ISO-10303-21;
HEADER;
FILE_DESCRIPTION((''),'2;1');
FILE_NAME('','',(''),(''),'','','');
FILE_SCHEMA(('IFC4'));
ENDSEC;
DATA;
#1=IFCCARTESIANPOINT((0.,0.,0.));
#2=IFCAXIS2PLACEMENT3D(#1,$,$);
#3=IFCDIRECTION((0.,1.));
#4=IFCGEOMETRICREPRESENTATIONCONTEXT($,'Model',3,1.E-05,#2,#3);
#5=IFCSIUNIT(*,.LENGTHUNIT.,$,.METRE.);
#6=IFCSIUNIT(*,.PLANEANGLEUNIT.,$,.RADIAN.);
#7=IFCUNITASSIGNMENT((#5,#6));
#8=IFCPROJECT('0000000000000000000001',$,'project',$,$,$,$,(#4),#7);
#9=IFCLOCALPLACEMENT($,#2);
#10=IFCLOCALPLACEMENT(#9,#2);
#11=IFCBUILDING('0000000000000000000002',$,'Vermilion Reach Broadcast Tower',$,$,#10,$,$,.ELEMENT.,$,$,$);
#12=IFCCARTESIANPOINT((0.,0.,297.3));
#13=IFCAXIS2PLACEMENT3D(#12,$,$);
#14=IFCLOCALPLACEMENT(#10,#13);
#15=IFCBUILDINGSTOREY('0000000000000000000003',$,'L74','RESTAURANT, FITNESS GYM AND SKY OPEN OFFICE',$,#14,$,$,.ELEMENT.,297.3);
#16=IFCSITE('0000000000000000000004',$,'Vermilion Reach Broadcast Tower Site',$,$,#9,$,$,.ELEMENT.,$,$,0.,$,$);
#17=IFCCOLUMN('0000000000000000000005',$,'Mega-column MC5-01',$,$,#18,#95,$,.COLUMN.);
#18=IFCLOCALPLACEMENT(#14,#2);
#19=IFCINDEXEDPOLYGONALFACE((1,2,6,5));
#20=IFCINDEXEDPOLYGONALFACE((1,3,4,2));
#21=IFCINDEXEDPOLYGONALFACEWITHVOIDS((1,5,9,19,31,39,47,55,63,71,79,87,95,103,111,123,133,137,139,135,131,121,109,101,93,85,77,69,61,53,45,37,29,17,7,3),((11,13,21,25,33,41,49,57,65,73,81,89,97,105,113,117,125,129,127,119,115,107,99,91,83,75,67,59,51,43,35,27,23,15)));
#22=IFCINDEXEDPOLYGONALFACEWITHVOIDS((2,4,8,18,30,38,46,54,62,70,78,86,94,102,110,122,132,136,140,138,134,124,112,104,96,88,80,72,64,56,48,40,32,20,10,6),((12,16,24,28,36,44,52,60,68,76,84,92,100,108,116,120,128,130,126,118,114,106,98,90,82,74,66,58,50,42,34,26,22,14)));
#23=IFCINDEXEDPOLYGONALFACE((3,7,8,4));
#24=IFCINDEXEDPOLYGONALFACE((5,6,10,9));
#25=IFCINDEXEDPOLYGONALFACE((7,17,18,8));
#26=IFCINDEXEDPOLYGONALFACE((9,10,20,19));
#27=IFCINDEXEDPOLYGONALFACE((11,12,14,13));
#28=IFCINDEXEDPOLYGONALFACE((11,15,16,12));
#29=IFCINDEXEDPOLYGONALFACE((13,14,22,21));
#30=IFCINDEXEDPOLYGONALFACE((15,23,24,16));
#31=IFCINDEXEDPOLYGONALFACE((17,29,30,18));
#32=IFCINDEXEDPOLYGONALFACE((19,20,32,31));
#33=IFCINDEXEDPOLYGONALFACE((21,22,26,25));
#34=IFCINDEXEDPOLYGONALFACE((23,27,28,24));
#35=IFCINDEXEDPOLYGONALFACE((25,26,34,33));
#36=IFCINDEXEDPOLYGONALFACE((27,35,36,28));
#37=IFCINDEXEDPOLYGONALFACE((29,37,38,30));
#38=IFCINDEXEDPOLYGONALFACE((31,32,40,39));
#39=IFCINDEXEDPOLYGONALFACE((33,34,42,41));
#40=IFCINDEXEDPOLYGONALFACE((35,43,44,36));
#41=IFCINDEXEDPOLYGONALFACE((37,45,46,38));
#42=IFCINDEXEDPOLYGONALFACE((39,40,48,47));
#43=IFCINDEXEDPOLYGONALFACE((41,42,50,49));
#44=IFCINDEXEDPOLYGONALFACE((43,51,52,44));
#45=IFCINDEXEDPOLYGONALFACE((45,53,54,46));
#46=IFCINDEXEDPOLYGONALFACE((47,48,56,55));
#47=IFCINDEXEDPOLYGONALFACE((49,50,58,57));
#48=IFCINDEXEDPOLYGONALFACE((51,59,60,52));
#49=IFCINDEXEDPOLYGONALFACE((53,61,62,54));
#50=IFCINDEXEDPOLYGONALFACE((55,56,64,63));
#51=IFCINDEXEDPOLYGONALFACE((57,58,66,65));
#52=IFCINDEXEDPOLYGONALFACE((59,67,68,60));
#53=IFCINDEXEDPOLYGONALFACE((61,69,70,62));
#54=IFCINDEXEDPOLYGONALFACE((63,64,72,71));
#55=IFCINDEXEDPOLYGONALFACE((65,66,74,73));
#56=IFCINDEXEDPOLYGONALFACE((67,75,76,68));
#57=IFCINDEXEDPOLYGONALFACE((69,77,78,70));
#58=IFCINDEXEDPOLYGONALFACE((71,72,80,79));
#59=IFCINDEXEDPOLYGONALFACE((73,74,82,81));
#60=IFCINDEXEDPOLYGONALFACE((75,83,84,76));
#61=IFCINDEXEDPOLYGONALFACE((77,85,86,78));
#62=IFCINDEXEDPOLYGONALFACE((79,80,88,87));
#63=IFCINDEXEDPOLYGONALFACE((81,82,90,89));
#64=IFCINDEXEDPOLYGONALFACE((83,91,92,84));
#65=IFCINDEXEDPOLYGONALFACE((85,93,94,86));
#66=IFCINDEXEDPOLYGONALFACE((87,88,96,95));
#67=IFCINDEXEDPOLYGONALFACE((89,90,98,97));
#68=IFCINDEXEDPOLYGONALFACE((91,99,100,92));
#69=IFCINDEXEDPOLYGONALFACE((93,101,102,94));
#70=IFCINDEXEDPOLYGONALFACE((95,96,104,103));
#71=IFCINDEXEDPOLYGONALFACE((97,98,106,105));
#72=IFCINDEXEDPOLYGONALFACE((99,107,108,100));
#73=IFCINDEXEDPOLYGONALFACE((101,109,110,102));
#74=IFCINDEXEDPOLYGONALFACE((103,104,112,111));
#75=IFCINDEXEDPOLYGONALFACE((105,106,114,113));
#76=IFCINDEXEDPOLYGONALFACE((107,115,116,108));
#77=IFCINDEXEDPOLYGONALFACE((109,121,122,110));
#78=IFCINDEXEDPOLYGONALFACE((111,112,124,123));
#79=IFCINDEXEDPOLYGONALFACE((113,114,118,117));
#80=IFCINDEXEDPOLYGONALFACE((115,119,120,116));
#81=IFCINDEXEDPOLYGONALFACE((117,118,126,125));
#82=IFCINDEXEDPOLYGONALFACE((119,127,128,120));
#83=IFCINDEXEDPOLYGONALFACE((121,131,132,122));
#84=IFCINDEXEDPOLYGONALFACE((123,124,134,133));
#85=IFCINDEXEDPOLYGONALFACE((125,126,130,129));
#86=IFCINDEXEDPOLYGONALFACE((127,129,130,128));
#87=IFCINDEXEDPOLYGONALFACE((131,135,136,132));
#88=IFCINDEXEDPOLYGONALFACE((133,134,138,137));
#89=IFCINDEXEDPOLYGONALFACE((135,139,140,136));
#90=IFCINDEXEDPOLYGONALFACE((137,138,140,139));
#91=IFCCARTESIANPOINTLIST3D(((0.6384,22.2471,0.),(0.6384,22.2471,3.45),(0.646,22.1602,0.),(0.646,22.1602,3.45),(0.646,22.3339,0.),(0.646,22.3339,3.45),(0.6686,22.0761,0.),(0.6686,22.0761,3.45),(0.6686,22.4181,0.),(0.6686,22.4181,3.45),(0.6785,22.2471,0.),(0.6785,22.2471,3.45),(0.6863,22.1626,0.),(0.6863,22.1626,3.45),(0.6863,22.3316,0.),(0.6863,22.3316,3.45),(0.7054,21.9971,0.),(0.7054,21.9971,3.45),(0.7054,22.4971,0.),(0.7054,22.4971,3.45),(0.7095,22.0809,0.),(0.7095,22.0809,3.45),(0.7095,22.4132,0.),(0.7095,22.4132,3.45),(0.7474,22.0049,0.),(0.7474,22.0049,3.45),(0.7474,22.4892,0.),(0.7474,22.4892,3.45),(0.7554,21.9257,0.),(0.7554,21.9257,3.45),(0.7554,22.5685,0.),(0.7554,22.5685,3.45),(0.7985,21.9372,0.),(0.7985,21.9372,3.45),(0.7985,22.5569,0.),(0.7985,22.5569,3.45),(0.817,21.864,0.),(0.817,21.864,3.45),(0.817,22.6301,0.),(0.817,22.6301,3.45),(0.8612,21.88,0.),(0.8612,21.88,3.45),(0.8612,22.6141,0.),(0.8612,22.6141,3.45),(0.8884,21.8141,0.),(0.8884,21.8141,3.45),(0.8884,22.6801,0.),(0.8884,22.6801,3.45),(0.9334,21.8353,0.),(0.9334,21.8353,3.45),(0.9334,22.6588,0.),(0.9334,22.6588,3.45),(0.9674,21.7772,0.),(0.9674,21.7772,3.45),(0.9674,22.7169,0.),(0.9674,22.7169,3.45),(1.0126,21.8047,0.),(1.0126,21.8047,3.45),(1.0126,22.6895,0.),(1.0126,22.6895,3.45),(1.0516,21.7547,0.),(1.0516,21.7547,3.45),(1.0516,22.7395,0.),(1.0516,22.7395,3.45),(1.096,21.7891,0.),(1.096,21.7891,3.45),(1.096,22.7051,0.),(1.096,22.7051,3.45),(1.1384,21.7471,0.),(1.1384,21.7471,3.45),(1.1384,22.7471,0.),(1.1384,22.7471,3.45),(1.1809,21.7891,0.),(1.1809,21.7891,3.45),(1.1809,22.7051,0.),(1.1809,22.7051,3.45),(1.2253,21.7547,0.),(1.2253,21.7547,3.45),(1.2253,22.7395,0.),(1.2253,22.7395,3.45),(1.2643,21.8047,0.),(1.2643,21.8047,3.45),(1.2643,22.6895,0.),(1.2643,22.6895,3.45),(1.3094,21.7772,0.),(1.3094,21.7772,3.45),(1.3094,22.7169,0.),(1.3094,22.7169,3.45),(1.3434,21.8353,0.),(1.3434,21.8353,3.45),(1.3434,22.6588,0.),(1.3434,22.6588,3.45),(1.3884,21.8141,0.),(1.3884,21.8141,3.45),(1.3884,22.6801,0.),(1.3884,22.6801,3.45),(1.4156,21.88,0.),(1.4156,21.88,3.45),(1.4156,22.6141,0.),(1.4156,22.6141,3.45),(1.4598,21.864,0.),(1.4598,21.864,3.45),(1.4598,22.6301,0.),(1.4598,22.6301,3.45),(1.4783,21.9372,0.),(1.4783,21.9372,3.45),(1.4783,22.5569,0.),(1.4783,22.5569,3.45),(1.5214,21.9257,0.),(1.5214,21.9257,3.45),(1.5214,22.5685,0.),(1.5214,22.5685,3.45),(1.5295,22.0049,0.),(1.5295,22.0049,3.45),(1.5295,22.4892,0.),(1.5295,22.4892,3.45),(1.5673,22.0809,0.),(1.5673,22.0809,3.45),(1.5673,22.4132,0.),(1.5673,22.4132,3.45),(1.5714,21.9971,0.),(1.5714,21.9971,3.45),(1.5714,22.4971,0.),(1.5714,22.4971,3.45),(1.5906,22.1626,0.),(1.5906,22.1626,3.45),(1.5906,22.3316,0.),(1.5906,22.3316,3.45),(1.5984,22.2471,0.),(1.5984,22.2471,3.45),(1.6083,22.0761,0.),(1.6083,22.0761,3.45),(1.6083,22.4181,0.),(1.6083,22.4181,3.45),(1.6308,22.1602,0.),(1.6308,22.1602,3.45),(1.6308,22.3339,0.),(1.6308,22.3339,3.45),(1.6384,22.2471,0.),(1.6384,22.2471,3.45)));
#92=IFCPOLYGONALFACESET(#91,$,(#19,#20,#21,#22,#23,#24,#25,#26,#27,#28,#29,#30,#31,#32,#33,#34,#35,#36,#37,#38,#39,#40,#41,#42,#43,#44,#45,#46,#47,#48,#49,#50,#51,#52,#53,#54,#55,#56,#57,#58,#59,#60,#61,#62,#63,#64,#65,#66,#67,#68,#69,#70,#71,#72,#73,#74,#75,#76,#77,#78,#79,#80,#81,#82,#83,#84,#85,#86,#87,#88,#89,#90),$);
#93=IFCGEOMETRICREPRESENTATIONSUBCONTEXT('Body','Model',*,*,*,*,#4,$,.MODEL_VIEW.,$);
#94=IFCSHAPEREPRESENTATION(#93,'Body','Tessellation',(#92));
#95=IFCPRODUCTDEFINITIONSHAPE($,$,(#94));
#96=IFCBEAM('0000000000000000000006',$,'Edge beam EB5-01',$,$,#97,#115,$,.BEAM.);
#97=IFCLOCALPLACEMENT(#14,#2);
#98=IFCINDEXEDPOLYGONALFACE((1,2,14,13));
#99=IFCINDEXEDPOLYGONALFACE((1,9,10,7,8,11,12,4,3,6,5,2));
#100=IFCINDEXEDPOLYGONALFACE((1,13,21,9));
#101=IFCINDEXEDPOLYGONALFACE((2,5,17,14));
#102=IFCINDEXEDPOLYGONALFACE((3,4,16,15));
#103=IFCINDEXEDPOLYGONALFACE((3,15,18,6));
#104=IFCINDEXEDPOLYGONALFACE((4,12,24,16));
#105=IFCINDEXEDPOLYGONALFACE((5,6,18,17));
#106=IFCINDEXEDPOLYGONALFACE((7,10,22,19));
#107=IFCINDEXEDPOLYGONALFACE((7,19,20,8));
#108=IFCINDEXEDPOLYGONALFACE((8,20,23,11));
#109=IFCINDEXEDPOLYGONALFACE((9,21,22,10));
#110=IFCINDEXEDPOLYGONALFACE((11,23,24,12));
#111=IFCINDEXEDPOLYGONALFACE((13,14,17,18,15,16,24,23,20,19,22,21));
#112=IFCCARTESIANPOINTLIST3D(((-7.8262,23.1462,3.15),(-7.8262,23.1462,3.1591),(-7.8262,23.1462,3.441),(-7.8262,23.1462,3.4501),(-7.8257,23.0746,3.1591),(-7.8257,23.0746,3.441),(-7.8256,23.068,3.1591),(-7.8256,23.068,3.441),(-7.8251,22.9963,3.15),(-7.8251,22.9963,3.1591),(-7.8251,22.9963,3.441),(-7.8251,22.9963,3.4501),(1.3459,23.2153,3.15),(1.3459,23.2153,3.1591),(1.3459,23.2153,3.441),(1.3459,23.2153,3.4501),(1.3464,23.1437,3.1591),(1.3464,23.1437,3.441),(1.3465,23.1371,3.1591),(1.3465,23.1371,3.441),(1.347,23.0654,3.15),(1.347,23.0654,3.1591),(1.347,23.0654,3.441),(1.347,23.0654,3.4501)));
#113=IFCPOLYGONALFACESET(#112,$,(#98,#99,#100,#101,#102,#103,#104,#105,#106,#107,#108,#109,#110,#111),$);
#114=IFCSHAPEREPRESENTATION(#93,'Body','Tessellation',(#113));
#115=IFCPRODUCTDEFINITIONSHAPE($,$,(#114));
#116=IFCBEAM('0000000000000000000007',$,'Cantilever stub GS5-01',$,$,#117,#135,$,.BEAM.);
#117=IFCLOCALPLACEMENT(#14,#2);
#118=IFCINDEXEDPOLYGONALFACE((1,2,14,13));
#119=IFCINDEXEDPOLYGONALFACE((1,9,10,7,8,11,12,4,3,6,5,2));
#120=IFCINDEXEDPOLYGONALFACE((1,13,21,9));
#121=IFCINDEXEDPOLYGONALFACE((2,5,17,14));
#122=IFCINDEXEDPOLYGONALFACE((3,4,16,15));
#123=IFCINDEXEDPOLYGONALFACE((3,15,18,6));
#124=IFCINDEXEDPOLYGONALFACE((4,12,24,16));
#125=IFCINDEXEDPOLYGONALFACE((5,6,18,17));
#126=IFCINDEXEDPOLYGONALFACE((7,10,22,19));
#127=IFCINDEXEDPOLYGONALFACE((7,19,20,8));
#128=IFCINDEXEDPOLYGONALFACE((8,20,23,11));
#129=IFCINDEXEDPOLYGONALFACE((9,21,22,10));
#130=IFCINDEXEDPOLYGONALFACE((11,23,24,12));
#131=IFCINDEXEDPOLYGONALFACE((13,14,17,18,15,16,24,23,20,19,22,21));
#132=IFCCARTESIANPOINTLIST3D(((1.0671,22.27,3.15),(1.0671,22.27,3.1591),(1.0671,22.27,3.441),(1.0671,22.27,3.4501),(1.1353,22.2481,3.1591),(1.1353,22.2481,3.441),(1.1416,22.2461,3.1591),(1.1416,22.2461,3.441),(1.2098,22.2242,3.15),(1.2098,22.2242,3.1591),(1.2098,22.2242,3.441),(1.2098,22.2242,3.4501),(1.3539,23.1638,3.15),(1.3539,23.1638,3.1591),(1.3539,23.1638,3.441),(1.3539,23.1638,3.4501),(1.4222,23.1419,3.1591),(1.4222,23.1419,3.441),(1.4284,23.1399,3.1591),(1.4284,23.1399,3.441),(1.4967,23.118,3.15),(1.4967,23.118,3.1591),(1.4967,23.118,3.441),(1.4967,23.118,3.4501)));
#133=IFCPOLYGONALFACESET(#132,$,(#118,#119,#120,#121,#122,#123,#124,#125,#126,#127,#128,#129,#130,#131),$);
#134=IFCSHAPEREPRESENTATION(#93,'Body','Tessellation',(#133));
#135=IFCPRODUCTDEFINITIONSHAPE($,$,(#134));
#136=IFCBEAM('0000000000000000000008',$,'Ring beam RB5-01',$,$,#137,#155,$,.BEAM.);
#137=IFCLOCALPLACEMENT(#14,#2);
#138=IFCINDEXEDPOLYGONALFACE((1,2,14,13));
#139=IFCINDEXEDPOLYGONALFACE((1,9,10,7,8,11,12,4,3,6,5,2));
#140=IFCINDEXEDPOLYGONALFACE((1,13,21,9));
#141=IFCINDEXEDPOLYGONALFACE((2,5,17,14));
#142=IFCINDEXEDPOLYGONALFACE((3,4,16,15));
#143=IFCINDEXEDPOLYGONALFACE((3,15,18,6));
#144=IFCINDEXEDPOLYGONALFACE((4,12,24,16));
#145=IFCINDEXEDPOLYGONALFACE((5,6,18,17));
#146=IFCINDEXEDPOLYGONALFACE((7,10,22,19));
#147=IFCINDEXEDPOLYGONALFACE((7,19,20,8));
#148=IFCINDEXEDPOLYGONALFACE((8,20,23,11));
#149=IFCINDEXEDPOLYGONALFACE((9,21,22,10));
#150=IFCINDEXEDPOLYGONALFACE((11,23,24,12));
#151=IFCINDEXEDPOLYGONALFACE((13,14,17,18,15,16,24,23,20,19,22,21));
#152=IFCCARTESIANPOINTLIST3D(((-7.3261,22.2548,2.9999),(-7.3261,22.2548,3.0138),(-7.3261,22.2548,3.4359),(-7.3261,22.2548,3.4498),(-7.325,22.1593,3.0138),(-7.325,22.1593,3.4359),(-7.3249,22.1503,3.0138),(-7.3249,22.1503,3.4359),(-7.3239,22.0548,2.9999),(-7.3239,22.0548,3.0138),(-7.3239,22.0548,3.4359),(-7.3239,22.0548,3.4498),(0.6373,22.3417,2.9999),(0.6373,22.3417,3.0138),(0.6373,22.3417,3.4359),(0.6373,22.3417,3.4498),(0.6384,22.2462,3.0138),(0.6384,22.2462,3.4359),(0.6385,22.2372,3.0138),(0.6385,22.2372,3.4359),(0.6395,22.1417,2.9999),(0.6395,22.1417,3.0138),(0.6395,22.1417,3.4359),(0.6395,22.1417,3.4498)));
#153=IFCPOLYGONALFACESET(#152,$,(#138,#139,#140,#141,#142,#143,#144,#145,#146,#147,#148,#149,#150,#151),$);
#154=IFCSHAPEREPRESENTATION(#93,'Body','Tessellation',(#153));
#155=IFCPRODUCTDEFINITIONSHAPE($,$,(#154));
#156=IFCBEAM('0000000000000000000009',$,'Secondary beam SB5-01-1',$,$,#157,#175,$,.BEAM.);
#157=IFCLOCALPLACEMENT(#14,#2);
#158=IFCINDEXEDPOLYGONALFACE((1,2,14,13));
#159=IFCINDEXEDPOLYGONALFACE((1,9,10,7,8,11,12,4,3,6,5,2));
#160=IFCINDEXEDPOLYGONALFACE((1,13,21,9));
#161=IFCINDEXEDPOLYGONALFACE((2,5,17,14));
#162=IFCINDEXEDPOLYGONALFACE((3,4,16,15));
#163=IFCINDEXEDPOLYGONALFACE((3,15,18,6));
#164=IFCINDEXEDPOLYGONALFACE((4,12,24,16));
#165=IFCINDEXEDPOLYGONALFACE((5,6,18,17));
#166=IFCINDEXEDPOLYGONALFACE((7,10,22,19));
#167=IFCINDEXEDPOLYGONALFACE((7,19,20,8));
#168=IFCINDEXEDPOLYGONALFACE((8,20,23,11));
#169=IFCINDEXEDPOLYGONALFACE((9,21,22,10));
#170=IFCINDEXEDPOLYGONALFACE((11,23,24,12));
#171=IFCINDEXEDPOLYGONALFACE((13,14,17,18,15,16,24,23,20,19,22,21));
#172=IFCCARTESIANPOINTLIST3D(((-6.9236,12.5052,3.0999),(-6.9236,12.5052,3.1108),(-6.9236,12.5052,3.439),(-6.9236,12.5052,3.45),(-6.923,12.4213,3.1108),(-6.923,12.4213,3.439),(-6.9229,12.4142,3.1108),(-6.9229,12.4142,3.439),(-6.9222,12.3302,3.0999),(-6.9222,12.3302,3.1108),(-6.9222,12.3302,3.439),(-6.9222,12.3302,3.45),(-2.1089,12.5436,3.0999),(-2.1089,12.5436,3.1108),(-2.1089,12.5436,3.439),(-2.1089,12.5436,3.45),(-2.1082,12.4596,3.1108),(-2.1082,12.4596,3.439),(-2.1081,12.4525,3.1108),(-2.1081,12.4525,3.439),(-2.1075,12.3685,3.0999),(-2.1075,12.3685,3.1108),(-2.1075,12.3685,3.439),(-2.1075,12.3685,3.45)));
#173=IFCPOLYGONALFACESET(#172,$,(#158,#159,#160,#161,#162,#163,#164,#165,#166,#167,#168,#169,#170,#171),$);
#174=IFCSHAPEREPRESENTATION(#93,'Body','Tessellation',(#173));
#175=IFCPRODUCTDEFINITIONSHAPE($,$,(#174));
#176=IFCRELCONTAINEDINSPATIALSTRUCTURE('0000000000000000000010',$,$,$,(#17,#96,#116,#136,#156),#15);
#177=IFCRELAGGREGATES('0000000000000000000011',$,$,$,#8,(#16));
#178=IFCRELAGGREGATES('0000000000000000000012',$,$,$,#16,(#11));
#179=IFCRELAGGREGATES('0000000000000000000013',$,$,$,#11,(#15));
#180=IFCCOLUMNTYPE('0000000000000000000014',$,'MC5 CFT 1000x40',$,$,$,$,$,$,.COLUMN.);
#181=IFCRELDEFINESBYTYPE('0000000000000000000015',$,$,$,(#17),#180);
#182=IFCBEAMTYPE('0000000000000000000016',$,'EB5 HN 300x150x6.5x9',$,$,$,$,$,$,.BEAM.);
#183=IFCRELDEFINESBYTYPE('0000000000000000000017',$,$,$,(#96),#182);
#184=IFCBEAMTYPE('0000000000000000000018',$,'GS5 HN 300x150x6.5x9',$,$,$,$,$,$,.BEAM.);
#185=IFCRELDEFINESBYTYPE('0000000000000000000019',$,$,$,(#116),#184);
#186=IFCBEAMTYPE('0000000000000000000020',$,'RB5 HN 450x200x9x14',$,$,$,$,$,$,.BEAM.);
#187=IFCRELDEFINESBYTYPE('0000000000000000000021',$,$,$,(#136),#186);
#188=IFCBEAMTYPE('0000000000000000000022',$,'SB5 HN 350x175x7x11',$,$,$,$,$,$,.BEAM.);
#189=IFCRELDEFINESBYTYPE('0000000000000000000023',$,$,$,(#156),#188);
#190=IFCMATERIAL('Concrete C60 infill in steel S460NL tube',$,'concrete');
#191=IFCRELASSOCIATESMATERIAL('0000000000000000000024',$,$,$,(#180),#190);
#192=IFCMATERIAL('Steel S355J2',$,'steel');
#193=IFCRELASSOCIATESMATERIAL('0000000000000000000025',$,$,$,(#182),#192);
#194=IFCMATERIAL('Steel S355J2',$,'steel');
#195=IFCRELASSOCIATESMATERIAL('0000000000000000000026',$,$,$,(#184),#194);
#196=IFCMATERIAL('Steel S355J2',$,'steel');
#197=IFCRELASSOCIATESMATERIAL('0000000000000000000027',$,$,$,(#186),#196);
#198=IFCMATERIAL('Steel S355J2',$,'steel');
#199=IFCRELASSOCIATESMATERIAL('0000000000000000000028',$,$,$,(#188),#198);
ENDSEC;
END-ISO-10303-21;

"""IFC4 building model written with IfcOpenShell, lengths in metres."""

from ifc_helpers import new_model, si_unit, direction, frame, origin, origin_2d, place, context, subcontext, project, spatial, hollow_circle, i_section, extrude, material, material_profile, profile_set, type_object, element, save


model = new_model("IFC4")

# Units and contexts
model_context = context("Model", 3, precision=1e-05, world=origin(), true_north=direction((0.0, 1.0)))
body_context = subcontext(model_context, "Body", "Model", "MODEL_VIEW")
ifc_project = project(units=[si_unit("LENGTHUNIT", "METRE"), si_unit("PLANEANGLEUNIT", "RADIAN")], contexts=[model_context])

# Site, building, storey
site_placement = place(None, origin())
site = spatial("IfcSite", under=ifc_project, at=site_placement, Name="Vermilion Reach Broadcast Tower Site", CompositionType="ELEMENT", RefElevation=0.0)
building_placement = place(site_placement, origin())
building = spatial("IfcBuilding", under=site, at=building_placement, Name="Vermilion Reach Broadcast Tower", CompositionType="ELEMENT")
storey_placement = place(building_placement, frame((0.0, 0.0, 297.3)))
storey = spatial("IfcBuildingStorey", under=building, at=storey_placement, Name="L74", Description="RESTAURANT, FITNESS GYM AND SKY OPEN OFFICE", CompositionType="ELEMENT", Elevation=297.3)

# Column
ifc_material_1 = material(Name="Concrete C60 infill in steel S460NL tube", Category="concrete")
ifc_material_profile_1 = material_profile(ifc_material_1, hollow_circle(Radius=0.5, WallThickness=0.04, at=origin_2d()), Name="Concrete C60 infill in steel S460NL tube CFT 1000x40")
ifc_profile_set_1 = profile_set([ifc_material_profile_1], Name="Concrete C60 infill in steel S460NL tube")
column_type = type_object("IfcColumnType", Name="MC5 CFT 1000x40", PredefinedType="COLUMN", material=ifc_profile_set_1)
column_placement = place(storey_placement, frame((1.1384, 22.2471, 0.0), z_axis=(0.0, 0.0, 1.0), x_axis=(1.0, 0.0, 0.0)))
element("IfcColumn", 1, at=column_placement, inside=storey, type_object=column_type, Name="Mega-column MC5-01", PredefinedType="COLUMN", context=body_context, shape_type="SweptSolid", body=[
    extrude(hollow_circle(Radius=0.5, WallThickness=0.04, at=origin_2d()), origin(), (0.0, 0.0, 1.0), 3.45),
])

# Beams
ifc_material_2 = material(Name="Steel S355J2", Category="steel")
ifc_material_profile_2 = material_profile(ifc_material_2, i_section(OverallWidth=0.1499, OverallDepth=0.3, WebThickness=0.0066, FlangeThickness=0.009, at=origin_2d()), Name="S355J2 HN 300x150x6.5x9")
ifc_profile_set_2 = profile_set([ifc_material_profile_2], Name="Steel S355J2")
beam_type_1 = type_object("IfcBeamType", Name="EB5 HN 300x150x6.5x9", PredefinedType="BEAM", material=ifc_profile_set_2)
beam_1_placement = place(storey_placement, frame((1.3464, 23.1404, 3.3), z_axis=(-0.999972, -0.007533, 0.0), x_axis=(0.007533, -0.999972, 0.0)))
element("IfcBeam", 2, at=beam_1_placement, inside=storey, type_object=beam_type_1, Name="Edge beam EB5-01", PredefinedType="BEAM", context=body_context, shape_type="SweptSolid", body=[
    extrude(i_section(OverallWidth=0.1499, OverallDepth=0.3, WebThickness=0.0066, FlangeThickness=0.009, at=origin_2d()), origin(), (0.0, 0.0, 1.0), 9.1724),
])
ifc_material_3 = material(Name="Steel S355J2", Category="steel")
ifc_material_profile_3 = material_profile(ifc_material_3, i_section(OverallWidth=0.1499, OverallDepth=0.3, WebThickness=0.0066, FlangeThickness=0.009, at=origin_2d()), Name="S355J2 HN 300x150x6.5x9")
ifc_profile_set_3 = profile_set([ifc_material_profile_3], Name="Steel S355J2")
beam_type_2 = type_object("IfcBeamType", Name="GS5 HN 300x150x6.5x9", PredefinedType="BEAM", material=ifc_profile_set_3)
beam_2_placement = place(storey_placement, frame((1.1384, 22.2471, 3.3), z_axis=(0.305597, 0.952161, 0.0), x_axis=(-0.952161, 0.305597, 0.0)))
element("IfcBeam", 3, at=beam_2_placement, inside=storey, type_object=beam_type_2, Name="Cantilever stub GS5-01", PredefinedType="BEAM", context=body_context, shape_type="SweptSolid", body=[
    extrude(i_section(OverallWidth=0.1499, OverallDepth=0.3, WebThickness=0.0066, FlangeThickness=0.009, at=origin_2d()), origin(), (0.0, 0.0, 1.0), 0.9387),
])
ifc_material_4 = material(Name="Steel S355J2", Category="steel")
ifc_material_profile_4 = material_profile(ifc_material_4, i_section(OverallWidth=0.2, OverallDepth=0.45, WebThickness=0.009, FlangeThickness=0.0139, at=origin_2d()), Name="S355J2 HN 450x200x9x14")
ifc_profile_set_4 = profile_set([ifc_material_profile_4], Name="Steel S355J2")
beam_type_3 = type_object("IfcBeamType", Name="RB5 HN 450x200x9x14", PredefinedType="BEAM", material=ifc_profile_set_4)
beam_3_placement = place(storey_placement, frame((0.6384, 22.2417, 3.2249), z_axis=(-0.99994, -0.010914, 0.0), x_axis=(0.010914, -0.99994, 0.0)))
element("IfcBeam", 4, at=beam_3_placement, inside=storey, type_object=beam_type_3, Name="Ring beam RB5-01", PredefinedType="BEAM", context=body_context, shape_type="SweptSolid", body=[
    extrude(i_section(OverallWidth=0.2, OverallDepth=0.45, WebThickness=0.009, FlangeThickness=0.0139, at=origin_2d()), origin(), (0.0, 0.0, 1.0), 7.9639),
])
ifc_material_5 = material(Name="Steel S355J2", Category="steel")
ifc_material_profile_5 = material_profile(ifc_material_5, i_section(OverallWidth=0.175, OverallDepth=0.3501, WebThickness=0.0071, FlangeThickness=0.011, at=origin_2d()), Name="S355J2 HN 350x175x7x11")
ifc_profile_set_5 = profile_set([ifc_material_profile_5], Name="Steel S355J2")
beam_type_4 = type_object("IfcBeamType", Name="SB5 HN 350x175x7x11", PredefinedType="BEAM", material=ifc_profile_set_5)
beam_4_placement = place(storey_placement, frame((-2.1082, 12.4561, 3.2749), z_axis=(-0.999968, -0.007961, 0.0), x_axis=(0.007961, -0.999968, 0.0)))
element("IfcBeam", 5, at=beam_4_placement, inside=storey, type_object=beam_type_4, Name="Secondary beam SB5-01-1", PredefinedType="BEAM", context=body_context, shape_type="SweptSolid", body=[
    extrude(i_section(OverallWidth=0.175, OverallDepth=0.3501, WebThickness=0.0071, FlangeThickness=0.011, at=origin_2d()), origin(), (0.0, 0.0, 1.0), 4.8149),
])

save(model, "model.ifc")
